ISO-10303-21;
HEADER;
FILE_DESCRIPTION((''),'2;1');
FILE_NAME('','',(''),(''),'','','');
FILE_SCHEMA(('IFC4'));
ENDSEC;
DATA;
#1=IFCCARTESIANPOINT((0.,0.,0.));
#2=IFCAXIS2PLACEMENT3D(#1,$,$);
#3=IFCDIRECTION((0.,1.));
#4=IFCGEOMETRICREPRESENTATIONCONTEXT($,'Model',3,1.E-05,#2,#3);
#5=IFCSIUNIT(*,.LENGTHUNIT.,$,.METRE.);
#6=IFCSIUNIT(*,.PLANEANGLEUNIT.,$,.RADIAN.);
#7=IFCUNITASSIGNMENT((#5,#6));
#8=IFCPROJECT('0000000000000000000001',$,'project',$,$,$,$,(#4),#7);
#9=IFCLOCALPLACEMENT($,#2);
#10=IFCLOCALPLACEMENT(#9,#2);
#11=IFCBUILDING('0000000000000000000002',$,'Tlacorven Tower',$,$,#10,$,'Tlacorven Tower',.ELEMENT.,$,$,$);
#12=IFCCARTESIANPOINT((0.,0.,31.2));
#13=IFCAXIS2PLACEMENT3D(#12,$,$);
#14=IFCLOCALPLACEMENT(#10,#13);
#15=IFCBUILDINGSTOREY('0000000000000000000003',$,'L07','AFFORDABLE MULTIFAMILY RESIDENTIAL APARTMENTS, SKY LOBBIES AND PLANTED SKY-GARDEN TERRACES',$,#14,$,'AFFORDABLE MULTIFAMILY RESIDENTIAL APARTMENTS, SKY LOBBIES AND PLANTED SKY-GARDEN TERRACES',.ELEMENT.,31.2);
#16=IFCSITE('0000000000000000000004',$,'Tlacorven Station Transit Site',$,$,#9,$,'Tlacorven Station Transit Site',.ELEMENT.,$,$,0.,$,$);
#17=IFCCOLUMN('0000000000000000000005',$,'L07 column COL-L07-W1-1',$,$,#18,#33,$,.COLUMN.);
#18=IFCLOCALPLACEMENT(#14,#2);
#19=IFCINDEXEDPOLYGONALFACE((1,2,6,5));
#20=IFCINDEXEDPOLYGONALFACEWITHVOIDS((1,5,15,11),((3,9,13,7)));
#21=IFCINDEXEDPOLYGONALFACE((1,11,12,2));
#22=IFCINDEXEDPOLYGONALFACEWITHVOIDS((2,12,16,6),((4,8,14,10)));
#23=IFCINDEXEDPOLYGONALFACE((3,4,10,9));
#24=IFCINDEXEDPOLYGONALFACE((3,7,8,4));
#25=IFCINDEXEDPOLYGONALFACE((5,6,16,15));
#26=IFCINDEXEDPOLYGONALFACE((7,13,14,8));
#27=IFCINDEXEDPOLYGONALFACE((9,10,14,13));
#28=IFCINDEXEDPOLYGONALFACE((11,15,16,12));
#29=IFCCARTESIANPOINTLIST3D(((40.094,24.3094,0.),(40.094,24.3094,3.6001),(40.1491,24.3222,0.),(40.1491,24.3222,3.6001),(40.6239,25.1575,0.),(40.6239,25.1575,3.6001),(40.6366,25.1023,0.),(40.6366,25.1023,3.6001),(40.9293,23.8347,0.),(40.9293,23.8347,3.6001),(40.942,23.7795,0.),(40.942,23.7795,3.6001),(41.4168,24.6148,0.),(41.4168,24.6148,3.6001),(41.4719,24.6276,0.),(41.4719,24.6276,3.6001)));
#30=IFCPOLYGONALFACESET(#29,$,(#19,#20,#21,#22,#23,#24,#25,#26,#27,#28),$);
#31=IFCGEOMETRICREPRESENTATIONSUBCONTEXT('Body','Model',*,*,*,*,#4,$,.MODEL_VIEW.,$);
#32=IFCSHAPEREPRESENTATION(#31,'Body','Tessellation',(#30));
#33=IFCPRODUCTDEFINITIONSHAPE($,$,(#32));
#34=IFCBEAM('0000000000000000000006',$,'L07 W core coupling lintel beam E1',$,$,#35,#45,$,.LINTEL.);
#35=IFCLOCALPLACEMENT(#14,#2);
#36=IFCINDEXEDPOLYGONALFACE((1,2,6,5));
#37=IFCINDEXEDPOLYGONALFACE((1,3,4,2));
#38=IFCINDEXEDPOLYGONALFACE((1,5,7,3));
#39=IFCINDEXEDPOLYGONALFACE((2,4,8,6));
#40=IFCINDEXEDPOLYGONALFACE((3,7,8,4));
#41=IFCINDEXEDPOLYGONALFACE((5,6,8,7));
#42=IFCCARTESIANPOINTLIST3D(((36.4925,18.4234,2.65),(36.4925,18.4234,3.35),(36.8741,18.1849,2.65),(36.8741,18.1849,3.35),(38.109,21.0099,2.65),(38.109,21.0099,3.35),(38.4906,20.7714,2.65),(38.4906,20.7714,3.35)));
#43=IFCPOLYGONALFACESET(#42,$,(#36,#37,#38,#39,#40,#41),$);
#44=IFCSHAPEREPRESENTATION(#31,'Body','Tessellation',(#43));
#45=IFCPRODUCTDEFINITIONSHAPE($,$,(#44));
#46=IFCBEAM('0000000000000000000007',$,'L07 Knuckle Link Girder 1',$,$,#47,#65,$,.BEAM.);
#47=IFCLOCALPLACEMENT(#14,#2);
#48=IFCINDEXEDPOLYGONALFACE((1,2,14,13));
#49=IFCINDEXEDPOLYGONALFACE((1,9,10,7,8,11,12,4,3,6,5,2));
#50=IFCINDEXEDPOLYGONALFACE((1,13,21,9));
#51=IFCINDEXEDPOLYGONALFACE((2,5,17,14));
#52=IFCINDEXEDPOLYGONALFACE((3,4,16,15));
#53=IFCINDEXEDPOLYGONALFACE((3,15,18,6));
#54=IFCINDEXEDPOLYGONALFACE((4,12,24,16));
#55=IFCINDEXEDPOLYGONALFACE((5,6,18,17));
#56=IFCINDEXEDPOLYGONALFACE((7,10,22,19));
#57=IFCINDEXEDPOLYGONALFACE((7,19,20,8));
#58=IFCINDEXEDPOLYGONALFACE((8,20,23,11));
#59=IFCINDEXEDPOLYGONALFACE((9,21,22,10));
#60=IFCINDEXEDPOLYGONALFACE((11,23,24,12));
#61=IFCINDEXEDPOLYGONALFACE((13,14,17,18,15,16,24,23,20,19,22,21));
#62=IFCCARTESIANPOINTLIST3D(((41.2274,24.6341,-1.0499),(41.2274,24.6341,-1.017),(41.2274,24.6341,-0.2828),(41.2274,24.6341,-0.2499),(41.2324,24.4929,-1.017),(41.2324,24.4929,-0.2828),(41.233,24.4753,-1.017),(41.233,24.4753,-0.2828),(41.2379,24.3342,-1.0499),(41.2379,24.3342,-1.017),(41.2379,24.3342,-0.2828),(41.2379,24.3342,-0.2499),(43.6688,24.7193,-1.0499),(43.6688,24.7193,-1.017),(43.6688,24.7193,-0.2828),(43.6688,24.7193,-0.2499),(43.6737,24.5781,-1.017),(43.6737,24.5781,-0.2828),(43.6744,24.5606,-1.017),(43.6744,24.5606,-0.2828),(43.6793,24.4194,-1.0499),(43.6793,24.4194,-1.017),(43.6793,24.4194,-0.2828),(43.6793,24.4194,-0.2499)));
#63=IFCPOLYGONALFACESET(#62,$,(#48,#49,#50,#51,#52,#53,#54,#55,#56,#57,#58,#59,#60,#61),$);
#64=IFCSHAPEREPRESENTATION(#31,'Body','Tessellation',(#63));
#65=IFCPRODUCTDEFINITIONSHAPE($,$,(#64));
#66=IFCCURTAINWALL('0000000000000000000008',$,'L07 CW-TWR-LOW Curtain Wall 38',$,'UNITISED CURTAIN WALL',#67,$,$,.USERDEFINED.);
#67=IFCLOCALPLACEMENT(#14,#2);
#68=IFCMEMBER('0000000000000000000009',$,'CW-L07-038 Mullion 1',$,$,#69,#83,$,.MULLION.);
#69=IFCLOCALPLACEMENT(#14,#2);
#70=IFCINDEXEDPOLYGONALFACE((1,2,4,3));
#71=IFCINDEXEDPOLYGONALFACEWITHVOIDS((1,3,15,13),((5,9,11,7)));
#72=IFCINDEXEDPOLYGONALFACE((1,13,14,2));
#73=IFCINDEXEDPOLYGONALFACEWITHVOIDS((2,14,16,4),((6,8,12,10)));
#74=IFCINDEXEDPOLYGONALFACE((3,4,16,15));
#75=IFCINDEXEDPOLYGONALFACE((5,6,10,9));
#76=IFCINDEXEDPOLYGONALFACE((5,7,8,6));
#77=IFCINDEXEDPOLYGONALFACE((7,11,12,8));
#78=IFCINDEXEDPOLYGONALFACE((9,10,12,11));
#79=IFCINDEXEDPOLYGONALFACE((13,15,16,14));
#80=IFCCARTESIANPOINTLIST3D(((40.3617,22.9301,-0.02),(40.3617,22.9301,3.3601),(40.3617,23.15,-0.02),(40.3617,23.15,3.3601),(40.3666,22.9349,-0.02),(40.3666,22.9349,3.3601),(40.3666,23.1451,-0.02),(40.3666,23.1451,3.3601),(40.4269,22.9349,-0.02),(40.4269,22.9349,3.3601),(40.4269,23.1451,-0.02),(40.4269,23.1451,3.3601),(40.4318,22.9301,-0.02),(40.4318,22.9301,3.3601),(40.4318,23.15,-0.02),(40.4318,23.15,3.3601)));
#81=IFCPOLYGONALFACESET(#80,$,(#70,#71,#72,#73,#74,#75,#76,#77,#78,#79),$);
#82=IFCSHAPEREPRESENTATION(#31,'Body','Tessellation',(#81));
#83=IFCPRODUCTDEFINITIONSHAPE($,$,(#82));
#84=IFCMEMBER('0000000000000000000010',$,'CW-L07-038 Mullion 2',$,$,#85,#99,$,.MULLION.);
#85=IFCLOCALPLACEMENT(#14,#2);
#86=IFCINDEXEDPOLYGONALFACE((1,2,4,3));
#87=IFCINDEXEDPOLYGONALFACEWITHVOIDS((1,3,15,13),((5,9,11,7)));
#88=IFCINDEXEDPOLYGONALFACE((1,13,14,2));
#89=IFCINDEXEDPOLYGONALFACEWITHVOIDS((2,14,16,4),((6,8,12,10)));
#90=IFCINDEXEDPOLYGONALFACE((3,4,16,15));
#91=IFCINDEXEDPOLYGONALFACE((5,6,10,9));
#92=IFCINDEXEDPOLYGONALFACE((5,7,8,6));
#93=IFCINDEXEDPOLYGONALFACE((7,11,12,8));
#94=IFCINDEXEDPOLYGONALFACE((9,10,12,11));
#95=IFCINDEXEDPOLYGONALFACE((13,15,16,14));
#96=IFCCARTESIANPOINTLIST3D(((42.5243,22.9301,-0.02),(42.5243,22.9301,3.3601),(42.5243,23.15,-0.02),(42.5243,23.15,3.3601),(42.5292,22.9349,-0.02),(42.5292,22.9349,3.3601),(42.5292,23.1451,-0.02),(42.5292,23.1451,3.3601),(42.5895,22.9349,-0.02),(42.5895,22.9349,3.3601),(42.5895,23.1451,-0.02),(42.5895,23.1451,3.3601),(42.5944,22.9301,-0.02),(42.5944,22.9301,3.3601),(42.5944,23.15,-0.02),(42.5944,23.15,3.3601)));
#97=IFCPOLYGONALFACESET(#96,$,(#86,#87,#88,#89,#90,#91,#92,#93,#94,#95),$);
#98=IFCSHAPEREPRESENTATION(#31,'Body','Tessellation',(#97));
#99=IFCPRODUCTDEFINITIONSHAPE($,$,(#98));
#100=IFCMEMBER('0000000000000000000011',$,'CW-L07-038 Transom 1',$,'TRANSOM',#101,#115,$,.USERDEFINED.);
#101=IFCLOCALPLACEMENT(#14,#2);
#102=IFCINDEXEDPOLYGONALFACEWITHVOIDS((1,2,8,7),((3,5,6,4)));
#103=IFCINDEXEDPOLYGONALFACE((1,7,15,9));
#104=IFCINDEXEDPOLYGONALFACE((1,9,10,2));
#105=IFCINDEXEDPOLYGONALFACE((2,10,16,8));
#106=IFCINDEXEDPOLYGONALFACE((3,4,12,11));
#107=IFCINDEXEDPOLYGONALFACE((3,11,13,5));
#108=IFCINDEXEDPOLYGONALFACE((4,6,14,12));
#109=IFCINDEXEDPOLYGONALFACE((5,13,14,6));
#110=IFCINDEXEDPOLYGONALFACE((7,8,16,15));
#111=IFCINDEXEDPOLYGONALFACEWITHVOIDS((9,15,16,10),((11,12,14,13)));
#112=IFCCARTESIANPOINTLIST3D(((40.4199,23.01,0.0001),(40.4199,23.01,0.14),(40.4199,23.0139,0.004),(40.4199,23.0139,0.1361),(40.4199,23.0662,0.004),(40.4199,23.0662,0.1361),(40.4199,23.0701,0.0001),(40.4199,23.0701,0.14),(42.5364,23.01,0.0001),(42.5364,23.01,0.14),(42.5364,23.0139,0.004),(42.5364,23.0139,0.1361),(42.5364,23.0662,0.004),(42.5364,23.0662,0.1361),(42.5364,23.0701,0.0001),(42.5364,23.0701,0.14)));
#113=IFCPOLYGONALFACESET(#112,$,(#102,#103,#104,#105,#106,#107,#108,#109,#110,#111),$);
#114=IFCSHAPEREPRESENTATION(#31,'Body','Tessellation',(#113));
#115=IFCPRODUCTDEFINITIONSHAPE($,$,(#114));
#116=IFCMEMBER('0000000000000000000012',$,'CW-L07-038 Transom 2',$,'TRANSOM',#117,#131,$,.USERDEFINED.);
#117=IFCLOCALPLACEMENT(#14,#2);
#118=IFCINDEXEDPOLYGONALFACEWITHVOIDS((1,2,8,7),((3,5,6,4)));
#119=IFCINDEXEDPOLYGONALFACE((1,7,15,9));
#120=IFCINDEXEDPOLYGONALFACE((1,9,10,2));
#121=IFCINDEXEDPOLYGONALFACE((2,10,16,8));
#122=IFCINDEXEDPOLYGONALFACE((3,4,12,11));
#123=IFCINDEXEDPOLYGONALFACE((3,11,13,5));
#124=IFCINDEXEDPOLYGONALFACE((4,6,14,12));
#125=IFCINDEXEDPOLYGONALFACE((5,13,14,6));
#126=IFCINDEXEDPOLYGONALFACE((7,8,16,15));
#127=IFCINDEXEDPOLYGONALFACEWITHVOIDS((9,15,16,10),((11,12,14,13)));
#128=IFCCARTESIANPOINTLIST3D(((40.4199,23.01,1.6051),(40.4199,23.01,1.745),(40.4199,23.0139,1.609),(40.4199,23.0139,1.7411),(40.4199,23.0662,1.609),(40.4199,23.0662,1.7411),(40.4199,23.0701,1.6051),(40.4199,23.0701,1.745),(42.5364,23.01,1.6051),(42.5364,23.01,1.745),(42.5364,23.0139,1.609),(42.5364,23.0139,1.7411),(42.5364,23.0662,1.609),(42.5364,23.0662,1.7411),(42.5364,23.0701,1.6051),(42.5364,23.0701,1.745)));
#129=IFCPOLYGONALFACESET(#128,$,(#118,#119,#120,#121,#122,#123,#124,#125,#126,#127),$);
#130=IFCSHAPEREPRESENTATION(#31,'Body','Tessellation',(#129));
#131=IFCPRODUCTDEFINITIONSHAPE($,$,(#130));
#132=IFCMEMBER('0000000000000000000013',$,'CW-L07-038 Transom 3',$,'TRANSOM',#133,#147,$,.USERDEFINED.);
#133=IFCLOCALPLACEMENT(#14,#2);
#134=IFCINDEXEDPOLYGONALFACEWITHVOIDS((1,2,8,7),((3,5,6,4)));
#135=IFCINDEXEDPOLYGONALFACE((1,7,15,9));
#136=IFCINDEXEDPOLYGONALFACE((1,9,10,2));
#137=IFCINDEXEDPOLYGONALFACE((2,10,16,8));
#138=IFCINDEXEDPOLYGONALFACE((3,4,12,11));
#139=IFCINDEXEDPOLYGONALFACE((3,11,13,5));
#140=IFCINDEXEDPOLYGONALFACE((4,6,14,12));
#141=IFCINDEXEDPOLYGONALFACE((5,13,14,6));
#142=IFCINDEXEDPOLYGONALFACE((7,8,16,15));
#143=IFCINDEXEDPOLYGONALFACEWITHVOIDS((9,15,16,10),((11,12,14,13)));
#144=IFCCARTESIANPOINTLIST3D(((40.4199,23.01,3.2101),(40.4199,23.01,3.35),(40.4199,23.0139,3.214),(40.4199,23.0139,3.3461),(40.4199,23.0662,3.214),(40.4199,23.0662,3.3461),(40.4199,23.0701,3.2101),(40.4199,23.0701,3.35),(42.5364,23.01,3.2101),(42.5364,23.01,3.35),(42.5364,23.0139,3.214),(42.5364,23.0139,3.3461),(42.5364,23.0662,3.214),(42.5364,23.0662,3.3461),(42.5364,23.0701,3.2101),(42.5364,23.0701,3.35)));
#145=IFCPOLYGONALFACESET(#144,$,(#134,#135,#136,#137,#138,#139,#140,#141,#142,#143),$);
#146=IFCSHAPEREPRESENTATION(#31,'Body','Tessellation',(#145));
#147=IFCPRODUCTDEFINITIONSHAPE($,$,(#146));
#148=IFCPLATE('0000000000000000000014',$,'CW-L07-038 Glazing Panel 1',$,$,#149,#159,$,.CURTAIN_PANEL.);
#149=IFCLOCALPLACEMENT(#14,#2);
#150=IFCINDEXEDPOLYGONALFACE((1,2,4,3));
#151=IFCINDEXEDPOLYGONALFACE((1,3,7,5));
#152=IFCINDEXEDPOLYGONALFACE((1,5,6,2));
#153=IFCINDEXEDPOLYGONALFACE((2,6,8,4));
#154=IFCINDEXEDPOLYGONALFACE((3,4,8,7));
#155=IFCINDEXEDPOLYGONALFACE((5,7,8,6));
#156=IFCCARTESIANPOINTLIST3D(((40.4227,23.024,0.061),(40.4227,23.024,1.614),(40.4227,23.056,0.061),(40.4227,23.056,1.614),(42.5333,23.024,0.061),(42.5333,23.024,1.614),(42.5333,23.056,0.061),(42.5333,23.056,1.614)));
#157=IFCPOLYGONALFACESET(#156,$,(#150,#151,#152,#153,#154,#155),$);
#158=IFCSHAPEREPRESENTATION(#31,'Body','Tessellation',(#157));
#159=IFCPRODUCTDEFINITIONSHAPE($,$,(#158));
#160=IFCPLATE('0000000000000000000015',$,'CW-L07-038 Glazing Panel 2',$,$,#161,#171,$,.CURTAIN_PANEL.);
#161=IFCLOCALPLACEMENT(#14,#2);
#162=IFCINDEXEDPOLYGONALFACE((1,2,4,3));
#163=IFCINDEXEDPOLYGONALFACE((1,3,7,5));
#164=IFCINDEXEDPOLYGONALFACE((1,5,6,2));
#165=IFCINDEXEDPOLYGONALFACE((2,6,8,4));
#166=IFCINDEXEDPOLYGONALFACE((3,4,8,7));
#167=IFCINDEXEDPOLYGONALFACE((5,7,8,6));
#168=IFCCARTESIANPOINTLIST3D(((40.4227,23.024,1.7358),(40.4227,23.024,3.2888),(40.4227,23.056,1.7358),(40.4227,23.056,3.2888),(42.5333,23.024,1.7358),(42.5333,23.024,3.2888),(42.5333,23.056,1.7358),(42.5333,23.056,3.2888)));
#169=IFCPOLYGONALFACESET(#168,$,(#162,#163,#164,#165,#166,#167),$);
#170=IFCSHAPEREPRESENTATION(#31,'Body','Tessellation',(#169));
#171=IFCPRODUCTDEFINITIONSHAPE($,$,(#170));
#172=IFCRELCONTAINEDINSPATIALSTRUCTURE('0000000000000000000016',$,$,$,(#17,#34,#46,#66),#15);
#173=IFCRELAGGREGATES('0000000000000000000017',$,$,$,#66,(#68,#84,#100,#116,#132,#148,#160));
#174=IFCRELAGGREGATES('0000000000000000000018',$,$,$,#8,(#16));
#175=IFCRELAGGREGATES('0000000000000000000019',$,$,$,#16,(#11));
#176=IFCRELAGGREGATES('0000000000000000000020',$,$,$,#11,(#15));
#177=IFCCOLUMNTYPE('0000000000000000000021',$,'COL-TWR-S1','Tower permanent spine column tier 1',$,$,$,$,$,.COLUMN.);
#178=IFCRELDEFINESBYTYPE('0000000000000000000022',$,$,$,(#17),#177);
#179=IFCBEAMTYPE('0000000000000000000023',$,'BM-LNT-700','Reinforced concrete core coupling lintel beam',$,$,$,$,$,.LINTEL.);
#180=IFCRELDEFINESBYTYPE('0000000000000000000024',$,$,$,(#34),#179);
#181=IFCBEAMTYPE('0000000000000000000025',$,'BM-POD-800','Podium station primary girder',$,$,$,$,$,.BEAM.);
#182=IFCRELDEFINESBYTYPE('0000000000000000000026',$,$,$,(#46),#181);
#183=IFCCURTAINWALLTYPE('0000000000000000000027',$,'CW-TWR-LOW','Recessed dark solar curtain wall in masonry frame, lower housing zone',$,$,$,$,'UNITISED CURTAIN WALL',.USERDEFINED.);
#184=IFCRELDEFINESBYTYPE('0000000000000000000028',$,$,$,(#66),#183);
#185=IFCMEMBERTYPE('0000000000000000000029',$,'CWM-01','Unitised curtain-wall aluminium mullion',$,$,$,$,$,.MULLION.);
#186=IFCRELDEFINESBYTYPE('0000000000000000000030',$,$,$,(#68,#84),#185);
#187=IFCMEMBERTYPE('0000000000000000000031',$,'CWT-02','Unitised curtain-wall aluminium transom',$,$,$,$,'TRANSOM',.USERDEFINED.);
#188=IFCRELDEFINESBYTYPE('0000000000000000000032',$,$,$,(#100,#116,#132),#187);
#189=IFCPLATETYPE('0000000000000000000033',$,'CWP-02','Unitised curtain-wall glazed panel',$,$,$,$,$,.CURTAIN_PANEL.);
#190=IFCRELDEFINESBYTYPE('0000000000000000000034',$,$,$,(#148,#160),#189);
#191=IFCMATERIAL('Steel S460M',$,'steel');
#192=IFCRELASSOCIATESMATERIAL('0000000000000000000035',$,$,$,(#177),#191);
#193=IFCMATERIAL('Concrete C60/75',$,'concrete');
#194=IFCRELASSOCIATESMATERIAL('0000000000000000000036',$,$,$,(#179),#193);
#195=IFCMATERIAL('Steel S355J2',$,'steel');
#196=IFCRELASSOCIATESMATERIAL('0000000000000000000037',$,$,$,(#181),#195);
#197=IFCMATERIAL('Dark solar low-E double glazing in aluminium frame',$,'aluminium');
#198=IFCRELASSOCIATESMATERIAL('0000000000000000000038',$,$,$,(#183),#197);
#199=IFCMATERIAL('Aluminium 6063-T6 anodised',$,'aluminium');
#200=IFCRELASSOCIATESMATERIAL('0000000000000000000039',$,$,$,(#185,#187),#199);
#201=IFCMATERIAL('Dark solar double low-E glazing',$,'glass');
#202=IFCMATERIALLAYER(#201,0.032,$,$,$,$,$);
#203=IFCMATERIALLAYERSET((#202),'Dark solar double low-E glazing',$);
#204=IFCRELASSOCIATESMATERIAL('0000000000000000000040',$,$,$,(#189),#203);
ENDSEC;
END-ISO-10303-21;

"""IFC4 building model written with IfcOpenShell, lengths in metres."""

from ifc_helpers import new_model, si_unit, direction, frame, origin, origin_2d, place, context, subcontext, project, spatial, rectangle, hollow_rectangle, i_section, extrude, source, transform, mapped, material, layer, layer_set, material_profile, profile_set, type_object, element, aggregate, save


model = new_model("IFC4")

# Units and contexts
model_context = context("Model", 3, precision=1e-05, world=origin(), true_north=direction((0.0, 1.0)))
body_context = subcontext(model_context, "Body", "Model", "MODEL_VIEW")
ifc_project = project(units=[si_unit("LENGTHUNIT", "METRE"), si_unit("PLANEANGLEUNIT", "RADIAN")], contexts=[model_context])

# Site, building, storey
site_placement = place(None, origin())
site = spatial("IfcSite", under=ifc_project, at=site_placement, Name="Tlacorven Station Transit Site", LongName="Tlacorven Station Transit Site", CompositionType="ELEMENT", RefElevation=0.0)
building_placement = place(site_placement, origin())
building = spatial("IfcBuilding", under=site, at=building_placement, Name="Tlacorven Tower", LongName="Tlacorven Tower", CompositionType="ELEMENT")
storey_placement = place(building_placement, frame((0.0, 0.0, 31.2)))
storey = spatial("IfcBuildingStorey", under=building, at=storey_placement, Name="L07", Description="AFFORDABLE MULTIFAMILY RESIDENTIAL APARTMENTS, SKY LOBBIES AND PLANTED SKY-GARDEN TERRACES", LongName="AFFORDABLE MULTIFAMILY RESIDENTIAL APARTMENTS, SKY LOBBIES AND PLANTED SKY-GARDEN TERRACES", CompositionType="ELEMENT", Elevation=31.2)

# Column
ifc_material_1 = material(Name="Steel S460M", Category="steel")
ifc_material_profile_1 = material_profile(ifc_material_1, hollow_rectangle(XDim=1.0, YDim=1.0, WallThickness=0.04, at=origin_2d()), Name="BOX 1000X1000X40")
ifc_profile_set_1 = profile_set([ifc_material_profile_1], Name="Steel S460M")
column_type = type_object("IfcColumnType", Name="COL-TWR-S1", Description="Tower permanent spine column tier 1", PredefinedType="COLUMN", material=ifc_profile_set_1)
shared_shape_1 = source(origin(), body_context, "Body", "SweptSolid", [
    extrude(hollow_rectangle(XDim=1.0, YDim=1.0, WallThickness=0.04, at=origin_2d()), origin(), (0.0, 0.0, 1.0), 3.6001),
])
column_placement = place(storey_placement, frame((40.783, 24.4685, 0.0), z_axis=(0.0, 0.0, 1.0), x_axis=(-0.848048, 0.529919, 0.0)))
element("IfcColumn", 1, at=column_placement, inside=storey, type_object=column_type, Name="L07 column COL-L07-W1-1", PredefinedType="COLUMN", context=body_context, shape_type="MappedRepresentation", body=[
    mapped(shared_shape_1, transform((0.0, 0.0, 0.0), scale=1.0)),
])

# Beams
ifc_material_2 = material(Name="Concrete C60/75", Category="concrete")
ifc_material_profile_2 = material_profile(ifc_material_2, rectangle(XDim=0.45, YDim=0.7, at=origin_2d()), Name="RC 450X700")
ifc_profile_set_2 = profile_set([ifc_material_profile_2], Name="Concrete C60/75")
beam_type_1 = type_object("IfcBeamType", Name="BM-LNT-700", Description="Reinforced concrete core coupling lintel beam", PredefinedType="LINTEL", material=ifc_profile_set_2)
shared_shape_2 = source(origin(), body_context, "Body", "SweptSolid", [
    extrude(rectangle(XDim=0.45, YDim=0.7, at=origin_2d()), origin(), (0.0, 0.0, 1.0), 3.05),
])
beam_1_placement = place(storey_placement, frame((38.2998, 20.8906, 3.0), z_axis=(-0.529985, -0.848007, 0.0), x_axis=(0.848007, -0.529985, 0.0)))
element("IfcBeam", 2, at=beam_1_placement, inside=storey, type_object=beam_type_1, Name="L07 W core coupling lintel beam E1", PredefinedType="LINTEL", context=body_context, shape_type="MappedRepresentation", body=[
    mapped(shared_shape_2, transform((0.0, 0.0, 0.0), scale=1.0)),
])
ifc_material_3 = material(Name="Steel S355J2", Category="steel")
ifc_material_profile_3 = material_profile(ifc_material_3, i_section(OverallWidth=0.3, OverallDepth=0.8, WebThickness=0.0176, FlangeThickness=0.033, at=origin_2d()), Name="HEB 800")
ifc_profile_set_3 = profile_set([ifc_material_profile_3], Name="Steel S355J2")
beam_type_2 = type_object("IfcBeamType", Name="BM-POD-800", Description="Podium station primary girder", PredefinedType="BEAM", material=ifc_profile_set_3)
shared_shape_3 = source(origin(), body_context, "Body", "SweptSolid", [
    extrude(i_section(OverallWidth=0.3, OverallDepth=0.8, WebThickness=0.0176, FlangeThickness=0.033, at=origin_2d()), origin(), (0.0, 0.0, 1.0), 2.4429),
])
beam_2_placement = place(storey_placement, frame((41.2327, 24.4841, -0.6499), z_axis=(0.999392, 0.034879, 0.0), x_axis=(-0.034879, 0.999392, 0.0)))
element("IfcBeam", 3, at=beam_2_placement, inside=storey, type_object=beam_type_2, Name="L07 Knuckle Link Girder 1", PredefinedType="BEAM", context=body_context, shape_type="MappedRepresentation", body=[
    mapped(shared_shape_3, transform((0.0, 0.0, 0.0), scale=1.0)),
])

# Curtain wall, members, plates
ifc_material_4 = material(Name="Dark solar low-E double glazing in aluminium frame", Category="aluminium")
curtain_wall_type = type_object("IfcCurtainWallType", Name="CW-TWR-LOW", Description="Recessed dark solar curtain wall in masonry frame, lower housing zone", ElementType="UNITISED CURTAIN WALL", PredefinedType="USERDEFINED", material=ifc_material_4)
curtain_wall_placement = place(storey_placement, origin())
curtain_wall = element("IfcCurtainWall", 4, at=curtain_wall_placement, inside=storey, type_object=curtain_wall_type, Name="L07 CW-TWR-LOW Curtain Wall 38", ObjectType="UNITISED CURTAIN WALL", PredefinedType="USERDEFINED")
ifc_material_5 = material(Name="Aluminium 6063-T6 anodised", Category="aluminium")
ifc_material_profile_4 = material_profile(ifc_material_5, hollow_rectangle(XDim=0.0701, YDim=0.22, WallThickness=0.0049, at=origin_2d()), Name="ALU MULLION 70X220")
ifc_profile_set_4 = profile_set([ifc_material_profile_4], Name="Aluminium 6063-T6 anodised")
member_type_1 = type_object("IfcMemberType", Name="CWM-01", Description="Unitised curtain-wall aluminium mullion", PredefinedType="MULLION", material=ifc_profile_set_4)
shared_shape_4 = source(origin(), body_context, "Body", "SweptSolid", [
    extrude(hollow_rectangle(XDim=0.0701, YDim=0.22, WallThickness=0.0049, at=origin_2d()), origin(), (0.0, 0.0, 1.0), 3.3801),
])
member_1_placement = place(storey_placement, frame((40.3967, 23.04, -0.02), z_axis=(0.0, 0.0, 1.0), x_axis=(1.0, 0.0, 0.0)))
member_1 = element("IfcMember", 5, at=member_1_placement, type_object=member_type_1, Name="CW-L07-038 Mullion 1", PredefinedType="MULLION", context=body_context, shape_type="MappedRepresentation", body=[
    mapped(shared_shape_4, transform((0.0, 0.0, 0.0), scale=1.0)),
])
member_2_placement = place(storey_placement, frame((42.5593, 23.04, -0.02), z_axis=(0.0, 0.0, 1.0), x_axis=(1.0, 0.0, 0.0)))
member_2 = element("IfcMember", 6, at=member_2_placement, type_object=member_type_1, Name="CW-L07-038 Mullion 2", PredefinedType="MULLION", context=body_context, shape_type="MappedRepresentation", body=[
    mapped(shared_shape_4, transform((0.0, 0.0, 0.0), scale=1.0)),
])
ifc_material_profile_5 = material_profile(ifc_material_5, hollow_rectangle(XDim=0.0601, YDim=0.1399, WallThickness=0.0039, at=origin_2d()), Name="ALU TRANSOM 60X140")
ifc_profile_set_5 = profile_set([ifc_material_profile_5], Name="Aluminium 6063-T6 anodised")
member_type_2 = type_object("IfcMemberType", Name="CWT-02", Description="Unitised curtain-wall aluminium transom", ElementType="TRANSOM", PredefinedType="USERDEFINED", material=ifc_profile_set_5)
shared_shape_5 = source(origin(), body_context, "Body", "SweptSolid", [
    extrude(hollow_rectangle(XDim=0.0601, YDim=0.1399, WallThickness=0.0039, at=origin_2d()), origin(), (0.0, 0.0, 1.0), 2.1165),
])
member_3_placement = place(storey_placement, frame((40.4199, 23.04, 0.0701), z_axis=(1.0, 0.0, 0.0), x_axis=(0.0, 1.0, 0.0)))
member_3 = element("IfcMember", 7, at=member_3_placement, type_object=member_type_2, Name="CW-L07-038 Transom 1", ObjectType="TRANSOM", PredefinedType="USERDEFINED", context=body_context, shape_type="MappedRepresentation", body=[
    mapped(shared_shape_5, transform((0.0, 0.0, 0.0), scale=1.0)),
])
member_4_placement = place(storey_placement, frame((40.4199, 23.04, 1.675), z_axis=(1.0, 0.0, 0.0), x_axis=(0.0, 1.0, 0.0)))
member_4 = element("IfcMember", 8, at=member_4_placement, type_object=member_type_2, Name="CW-L07-038 Transom 2", ObjectType="TRANSOM", PredefinedType="USERDEFINED", context=body_context, shape_type="MappedRepresentation", body=[
    mapped(shared_shape_5, transform((0.0, 0.0, 0.0), scale=1.0)),
])
member_5_placement = place(storey_placement, frame((40.4199, 23.04, 3.28), z_axis=(1.0, 0.0, 0.0), x_axis=(0.0, 1.0, 0.0)))
member_5 = element("IfcMember", 9, at=member_5_placement, type_object=member_type_2, Name="CW-L07-038 Transom 3", ObjectType="TRANSOM", PredefinedType="USERDEFINED", context=body_context, shape_type="MappedRepresentation", body=[
    mapped(shared_shape_5, transform((0.0, 0.0, 0.0), scale=1.0)),
])
ifc_material_6 = material(Name="Dark solar double low-E glazing", Category="glass")
ifc_layer_1 = layer(ifc_material_6, 0.032)
ifc_layer_set_1 = layer_set([ifc_layer_1], Name="Dark solar double low-E glazing")
plate_type = type_object("IfcPlateType", Name="CWP-02", Description="Unitised curtain-wall glazed panel", PredefinedType="CURTAIN_PANEL", material=ifc_layer_set_1)
shared_shape_6 = source(origin(), body_context, "Body", "SweptSolid", [
    extrude(rectangle(XDim=2.1106, YDim=0.032, at=origin_2d()), origin(), (0.0, 0.0, 1.0), 1.553),
])
plate_1_placement = place(storey_placement, frame((41.478, 23.04, 0.061), z_axis=(0.0, 0.0, 1.0), x_axis=(1.0, 0.0, 0.0)))
plate_1 = element("IfcPlate", 10, at=plate_1_placement, type_object=plate_type, Name="CW-L07-038 Glazing Panel 1", PredefinedType="CURTAIN_PANEL", context=body_context, shape_type="MappedRepresentation", body=[
    mapped(shared_shape_6, transform((0.0, 0.0, 0.0), scale=1.0)),
])
plate_2_placement = place(storey_placement, frame((41.478, 23.04, 1.7358), z_axis=(0.0, 0.0, 1.0), x_axis=(1.0, 0.0, 0.0)))
plate_2 = element("IfcPlate", 11, at=plate_2_placement, type_object=plate_type, Name="CW-L07-038 Glazing Panel 2", PredefinedType="CURTAIN_PANEL", context=body_context, shape_type="MappedRepresentation", body=[
    mapped(shared_shape_6, transform((0.0, 0.0, 0.0), scale=1.0)),
])
aggregate(curtain_wall, [member_1, member_2, member_3, member_4, member_5, plate_1, plate_2])

save(model, "model.ifc")
